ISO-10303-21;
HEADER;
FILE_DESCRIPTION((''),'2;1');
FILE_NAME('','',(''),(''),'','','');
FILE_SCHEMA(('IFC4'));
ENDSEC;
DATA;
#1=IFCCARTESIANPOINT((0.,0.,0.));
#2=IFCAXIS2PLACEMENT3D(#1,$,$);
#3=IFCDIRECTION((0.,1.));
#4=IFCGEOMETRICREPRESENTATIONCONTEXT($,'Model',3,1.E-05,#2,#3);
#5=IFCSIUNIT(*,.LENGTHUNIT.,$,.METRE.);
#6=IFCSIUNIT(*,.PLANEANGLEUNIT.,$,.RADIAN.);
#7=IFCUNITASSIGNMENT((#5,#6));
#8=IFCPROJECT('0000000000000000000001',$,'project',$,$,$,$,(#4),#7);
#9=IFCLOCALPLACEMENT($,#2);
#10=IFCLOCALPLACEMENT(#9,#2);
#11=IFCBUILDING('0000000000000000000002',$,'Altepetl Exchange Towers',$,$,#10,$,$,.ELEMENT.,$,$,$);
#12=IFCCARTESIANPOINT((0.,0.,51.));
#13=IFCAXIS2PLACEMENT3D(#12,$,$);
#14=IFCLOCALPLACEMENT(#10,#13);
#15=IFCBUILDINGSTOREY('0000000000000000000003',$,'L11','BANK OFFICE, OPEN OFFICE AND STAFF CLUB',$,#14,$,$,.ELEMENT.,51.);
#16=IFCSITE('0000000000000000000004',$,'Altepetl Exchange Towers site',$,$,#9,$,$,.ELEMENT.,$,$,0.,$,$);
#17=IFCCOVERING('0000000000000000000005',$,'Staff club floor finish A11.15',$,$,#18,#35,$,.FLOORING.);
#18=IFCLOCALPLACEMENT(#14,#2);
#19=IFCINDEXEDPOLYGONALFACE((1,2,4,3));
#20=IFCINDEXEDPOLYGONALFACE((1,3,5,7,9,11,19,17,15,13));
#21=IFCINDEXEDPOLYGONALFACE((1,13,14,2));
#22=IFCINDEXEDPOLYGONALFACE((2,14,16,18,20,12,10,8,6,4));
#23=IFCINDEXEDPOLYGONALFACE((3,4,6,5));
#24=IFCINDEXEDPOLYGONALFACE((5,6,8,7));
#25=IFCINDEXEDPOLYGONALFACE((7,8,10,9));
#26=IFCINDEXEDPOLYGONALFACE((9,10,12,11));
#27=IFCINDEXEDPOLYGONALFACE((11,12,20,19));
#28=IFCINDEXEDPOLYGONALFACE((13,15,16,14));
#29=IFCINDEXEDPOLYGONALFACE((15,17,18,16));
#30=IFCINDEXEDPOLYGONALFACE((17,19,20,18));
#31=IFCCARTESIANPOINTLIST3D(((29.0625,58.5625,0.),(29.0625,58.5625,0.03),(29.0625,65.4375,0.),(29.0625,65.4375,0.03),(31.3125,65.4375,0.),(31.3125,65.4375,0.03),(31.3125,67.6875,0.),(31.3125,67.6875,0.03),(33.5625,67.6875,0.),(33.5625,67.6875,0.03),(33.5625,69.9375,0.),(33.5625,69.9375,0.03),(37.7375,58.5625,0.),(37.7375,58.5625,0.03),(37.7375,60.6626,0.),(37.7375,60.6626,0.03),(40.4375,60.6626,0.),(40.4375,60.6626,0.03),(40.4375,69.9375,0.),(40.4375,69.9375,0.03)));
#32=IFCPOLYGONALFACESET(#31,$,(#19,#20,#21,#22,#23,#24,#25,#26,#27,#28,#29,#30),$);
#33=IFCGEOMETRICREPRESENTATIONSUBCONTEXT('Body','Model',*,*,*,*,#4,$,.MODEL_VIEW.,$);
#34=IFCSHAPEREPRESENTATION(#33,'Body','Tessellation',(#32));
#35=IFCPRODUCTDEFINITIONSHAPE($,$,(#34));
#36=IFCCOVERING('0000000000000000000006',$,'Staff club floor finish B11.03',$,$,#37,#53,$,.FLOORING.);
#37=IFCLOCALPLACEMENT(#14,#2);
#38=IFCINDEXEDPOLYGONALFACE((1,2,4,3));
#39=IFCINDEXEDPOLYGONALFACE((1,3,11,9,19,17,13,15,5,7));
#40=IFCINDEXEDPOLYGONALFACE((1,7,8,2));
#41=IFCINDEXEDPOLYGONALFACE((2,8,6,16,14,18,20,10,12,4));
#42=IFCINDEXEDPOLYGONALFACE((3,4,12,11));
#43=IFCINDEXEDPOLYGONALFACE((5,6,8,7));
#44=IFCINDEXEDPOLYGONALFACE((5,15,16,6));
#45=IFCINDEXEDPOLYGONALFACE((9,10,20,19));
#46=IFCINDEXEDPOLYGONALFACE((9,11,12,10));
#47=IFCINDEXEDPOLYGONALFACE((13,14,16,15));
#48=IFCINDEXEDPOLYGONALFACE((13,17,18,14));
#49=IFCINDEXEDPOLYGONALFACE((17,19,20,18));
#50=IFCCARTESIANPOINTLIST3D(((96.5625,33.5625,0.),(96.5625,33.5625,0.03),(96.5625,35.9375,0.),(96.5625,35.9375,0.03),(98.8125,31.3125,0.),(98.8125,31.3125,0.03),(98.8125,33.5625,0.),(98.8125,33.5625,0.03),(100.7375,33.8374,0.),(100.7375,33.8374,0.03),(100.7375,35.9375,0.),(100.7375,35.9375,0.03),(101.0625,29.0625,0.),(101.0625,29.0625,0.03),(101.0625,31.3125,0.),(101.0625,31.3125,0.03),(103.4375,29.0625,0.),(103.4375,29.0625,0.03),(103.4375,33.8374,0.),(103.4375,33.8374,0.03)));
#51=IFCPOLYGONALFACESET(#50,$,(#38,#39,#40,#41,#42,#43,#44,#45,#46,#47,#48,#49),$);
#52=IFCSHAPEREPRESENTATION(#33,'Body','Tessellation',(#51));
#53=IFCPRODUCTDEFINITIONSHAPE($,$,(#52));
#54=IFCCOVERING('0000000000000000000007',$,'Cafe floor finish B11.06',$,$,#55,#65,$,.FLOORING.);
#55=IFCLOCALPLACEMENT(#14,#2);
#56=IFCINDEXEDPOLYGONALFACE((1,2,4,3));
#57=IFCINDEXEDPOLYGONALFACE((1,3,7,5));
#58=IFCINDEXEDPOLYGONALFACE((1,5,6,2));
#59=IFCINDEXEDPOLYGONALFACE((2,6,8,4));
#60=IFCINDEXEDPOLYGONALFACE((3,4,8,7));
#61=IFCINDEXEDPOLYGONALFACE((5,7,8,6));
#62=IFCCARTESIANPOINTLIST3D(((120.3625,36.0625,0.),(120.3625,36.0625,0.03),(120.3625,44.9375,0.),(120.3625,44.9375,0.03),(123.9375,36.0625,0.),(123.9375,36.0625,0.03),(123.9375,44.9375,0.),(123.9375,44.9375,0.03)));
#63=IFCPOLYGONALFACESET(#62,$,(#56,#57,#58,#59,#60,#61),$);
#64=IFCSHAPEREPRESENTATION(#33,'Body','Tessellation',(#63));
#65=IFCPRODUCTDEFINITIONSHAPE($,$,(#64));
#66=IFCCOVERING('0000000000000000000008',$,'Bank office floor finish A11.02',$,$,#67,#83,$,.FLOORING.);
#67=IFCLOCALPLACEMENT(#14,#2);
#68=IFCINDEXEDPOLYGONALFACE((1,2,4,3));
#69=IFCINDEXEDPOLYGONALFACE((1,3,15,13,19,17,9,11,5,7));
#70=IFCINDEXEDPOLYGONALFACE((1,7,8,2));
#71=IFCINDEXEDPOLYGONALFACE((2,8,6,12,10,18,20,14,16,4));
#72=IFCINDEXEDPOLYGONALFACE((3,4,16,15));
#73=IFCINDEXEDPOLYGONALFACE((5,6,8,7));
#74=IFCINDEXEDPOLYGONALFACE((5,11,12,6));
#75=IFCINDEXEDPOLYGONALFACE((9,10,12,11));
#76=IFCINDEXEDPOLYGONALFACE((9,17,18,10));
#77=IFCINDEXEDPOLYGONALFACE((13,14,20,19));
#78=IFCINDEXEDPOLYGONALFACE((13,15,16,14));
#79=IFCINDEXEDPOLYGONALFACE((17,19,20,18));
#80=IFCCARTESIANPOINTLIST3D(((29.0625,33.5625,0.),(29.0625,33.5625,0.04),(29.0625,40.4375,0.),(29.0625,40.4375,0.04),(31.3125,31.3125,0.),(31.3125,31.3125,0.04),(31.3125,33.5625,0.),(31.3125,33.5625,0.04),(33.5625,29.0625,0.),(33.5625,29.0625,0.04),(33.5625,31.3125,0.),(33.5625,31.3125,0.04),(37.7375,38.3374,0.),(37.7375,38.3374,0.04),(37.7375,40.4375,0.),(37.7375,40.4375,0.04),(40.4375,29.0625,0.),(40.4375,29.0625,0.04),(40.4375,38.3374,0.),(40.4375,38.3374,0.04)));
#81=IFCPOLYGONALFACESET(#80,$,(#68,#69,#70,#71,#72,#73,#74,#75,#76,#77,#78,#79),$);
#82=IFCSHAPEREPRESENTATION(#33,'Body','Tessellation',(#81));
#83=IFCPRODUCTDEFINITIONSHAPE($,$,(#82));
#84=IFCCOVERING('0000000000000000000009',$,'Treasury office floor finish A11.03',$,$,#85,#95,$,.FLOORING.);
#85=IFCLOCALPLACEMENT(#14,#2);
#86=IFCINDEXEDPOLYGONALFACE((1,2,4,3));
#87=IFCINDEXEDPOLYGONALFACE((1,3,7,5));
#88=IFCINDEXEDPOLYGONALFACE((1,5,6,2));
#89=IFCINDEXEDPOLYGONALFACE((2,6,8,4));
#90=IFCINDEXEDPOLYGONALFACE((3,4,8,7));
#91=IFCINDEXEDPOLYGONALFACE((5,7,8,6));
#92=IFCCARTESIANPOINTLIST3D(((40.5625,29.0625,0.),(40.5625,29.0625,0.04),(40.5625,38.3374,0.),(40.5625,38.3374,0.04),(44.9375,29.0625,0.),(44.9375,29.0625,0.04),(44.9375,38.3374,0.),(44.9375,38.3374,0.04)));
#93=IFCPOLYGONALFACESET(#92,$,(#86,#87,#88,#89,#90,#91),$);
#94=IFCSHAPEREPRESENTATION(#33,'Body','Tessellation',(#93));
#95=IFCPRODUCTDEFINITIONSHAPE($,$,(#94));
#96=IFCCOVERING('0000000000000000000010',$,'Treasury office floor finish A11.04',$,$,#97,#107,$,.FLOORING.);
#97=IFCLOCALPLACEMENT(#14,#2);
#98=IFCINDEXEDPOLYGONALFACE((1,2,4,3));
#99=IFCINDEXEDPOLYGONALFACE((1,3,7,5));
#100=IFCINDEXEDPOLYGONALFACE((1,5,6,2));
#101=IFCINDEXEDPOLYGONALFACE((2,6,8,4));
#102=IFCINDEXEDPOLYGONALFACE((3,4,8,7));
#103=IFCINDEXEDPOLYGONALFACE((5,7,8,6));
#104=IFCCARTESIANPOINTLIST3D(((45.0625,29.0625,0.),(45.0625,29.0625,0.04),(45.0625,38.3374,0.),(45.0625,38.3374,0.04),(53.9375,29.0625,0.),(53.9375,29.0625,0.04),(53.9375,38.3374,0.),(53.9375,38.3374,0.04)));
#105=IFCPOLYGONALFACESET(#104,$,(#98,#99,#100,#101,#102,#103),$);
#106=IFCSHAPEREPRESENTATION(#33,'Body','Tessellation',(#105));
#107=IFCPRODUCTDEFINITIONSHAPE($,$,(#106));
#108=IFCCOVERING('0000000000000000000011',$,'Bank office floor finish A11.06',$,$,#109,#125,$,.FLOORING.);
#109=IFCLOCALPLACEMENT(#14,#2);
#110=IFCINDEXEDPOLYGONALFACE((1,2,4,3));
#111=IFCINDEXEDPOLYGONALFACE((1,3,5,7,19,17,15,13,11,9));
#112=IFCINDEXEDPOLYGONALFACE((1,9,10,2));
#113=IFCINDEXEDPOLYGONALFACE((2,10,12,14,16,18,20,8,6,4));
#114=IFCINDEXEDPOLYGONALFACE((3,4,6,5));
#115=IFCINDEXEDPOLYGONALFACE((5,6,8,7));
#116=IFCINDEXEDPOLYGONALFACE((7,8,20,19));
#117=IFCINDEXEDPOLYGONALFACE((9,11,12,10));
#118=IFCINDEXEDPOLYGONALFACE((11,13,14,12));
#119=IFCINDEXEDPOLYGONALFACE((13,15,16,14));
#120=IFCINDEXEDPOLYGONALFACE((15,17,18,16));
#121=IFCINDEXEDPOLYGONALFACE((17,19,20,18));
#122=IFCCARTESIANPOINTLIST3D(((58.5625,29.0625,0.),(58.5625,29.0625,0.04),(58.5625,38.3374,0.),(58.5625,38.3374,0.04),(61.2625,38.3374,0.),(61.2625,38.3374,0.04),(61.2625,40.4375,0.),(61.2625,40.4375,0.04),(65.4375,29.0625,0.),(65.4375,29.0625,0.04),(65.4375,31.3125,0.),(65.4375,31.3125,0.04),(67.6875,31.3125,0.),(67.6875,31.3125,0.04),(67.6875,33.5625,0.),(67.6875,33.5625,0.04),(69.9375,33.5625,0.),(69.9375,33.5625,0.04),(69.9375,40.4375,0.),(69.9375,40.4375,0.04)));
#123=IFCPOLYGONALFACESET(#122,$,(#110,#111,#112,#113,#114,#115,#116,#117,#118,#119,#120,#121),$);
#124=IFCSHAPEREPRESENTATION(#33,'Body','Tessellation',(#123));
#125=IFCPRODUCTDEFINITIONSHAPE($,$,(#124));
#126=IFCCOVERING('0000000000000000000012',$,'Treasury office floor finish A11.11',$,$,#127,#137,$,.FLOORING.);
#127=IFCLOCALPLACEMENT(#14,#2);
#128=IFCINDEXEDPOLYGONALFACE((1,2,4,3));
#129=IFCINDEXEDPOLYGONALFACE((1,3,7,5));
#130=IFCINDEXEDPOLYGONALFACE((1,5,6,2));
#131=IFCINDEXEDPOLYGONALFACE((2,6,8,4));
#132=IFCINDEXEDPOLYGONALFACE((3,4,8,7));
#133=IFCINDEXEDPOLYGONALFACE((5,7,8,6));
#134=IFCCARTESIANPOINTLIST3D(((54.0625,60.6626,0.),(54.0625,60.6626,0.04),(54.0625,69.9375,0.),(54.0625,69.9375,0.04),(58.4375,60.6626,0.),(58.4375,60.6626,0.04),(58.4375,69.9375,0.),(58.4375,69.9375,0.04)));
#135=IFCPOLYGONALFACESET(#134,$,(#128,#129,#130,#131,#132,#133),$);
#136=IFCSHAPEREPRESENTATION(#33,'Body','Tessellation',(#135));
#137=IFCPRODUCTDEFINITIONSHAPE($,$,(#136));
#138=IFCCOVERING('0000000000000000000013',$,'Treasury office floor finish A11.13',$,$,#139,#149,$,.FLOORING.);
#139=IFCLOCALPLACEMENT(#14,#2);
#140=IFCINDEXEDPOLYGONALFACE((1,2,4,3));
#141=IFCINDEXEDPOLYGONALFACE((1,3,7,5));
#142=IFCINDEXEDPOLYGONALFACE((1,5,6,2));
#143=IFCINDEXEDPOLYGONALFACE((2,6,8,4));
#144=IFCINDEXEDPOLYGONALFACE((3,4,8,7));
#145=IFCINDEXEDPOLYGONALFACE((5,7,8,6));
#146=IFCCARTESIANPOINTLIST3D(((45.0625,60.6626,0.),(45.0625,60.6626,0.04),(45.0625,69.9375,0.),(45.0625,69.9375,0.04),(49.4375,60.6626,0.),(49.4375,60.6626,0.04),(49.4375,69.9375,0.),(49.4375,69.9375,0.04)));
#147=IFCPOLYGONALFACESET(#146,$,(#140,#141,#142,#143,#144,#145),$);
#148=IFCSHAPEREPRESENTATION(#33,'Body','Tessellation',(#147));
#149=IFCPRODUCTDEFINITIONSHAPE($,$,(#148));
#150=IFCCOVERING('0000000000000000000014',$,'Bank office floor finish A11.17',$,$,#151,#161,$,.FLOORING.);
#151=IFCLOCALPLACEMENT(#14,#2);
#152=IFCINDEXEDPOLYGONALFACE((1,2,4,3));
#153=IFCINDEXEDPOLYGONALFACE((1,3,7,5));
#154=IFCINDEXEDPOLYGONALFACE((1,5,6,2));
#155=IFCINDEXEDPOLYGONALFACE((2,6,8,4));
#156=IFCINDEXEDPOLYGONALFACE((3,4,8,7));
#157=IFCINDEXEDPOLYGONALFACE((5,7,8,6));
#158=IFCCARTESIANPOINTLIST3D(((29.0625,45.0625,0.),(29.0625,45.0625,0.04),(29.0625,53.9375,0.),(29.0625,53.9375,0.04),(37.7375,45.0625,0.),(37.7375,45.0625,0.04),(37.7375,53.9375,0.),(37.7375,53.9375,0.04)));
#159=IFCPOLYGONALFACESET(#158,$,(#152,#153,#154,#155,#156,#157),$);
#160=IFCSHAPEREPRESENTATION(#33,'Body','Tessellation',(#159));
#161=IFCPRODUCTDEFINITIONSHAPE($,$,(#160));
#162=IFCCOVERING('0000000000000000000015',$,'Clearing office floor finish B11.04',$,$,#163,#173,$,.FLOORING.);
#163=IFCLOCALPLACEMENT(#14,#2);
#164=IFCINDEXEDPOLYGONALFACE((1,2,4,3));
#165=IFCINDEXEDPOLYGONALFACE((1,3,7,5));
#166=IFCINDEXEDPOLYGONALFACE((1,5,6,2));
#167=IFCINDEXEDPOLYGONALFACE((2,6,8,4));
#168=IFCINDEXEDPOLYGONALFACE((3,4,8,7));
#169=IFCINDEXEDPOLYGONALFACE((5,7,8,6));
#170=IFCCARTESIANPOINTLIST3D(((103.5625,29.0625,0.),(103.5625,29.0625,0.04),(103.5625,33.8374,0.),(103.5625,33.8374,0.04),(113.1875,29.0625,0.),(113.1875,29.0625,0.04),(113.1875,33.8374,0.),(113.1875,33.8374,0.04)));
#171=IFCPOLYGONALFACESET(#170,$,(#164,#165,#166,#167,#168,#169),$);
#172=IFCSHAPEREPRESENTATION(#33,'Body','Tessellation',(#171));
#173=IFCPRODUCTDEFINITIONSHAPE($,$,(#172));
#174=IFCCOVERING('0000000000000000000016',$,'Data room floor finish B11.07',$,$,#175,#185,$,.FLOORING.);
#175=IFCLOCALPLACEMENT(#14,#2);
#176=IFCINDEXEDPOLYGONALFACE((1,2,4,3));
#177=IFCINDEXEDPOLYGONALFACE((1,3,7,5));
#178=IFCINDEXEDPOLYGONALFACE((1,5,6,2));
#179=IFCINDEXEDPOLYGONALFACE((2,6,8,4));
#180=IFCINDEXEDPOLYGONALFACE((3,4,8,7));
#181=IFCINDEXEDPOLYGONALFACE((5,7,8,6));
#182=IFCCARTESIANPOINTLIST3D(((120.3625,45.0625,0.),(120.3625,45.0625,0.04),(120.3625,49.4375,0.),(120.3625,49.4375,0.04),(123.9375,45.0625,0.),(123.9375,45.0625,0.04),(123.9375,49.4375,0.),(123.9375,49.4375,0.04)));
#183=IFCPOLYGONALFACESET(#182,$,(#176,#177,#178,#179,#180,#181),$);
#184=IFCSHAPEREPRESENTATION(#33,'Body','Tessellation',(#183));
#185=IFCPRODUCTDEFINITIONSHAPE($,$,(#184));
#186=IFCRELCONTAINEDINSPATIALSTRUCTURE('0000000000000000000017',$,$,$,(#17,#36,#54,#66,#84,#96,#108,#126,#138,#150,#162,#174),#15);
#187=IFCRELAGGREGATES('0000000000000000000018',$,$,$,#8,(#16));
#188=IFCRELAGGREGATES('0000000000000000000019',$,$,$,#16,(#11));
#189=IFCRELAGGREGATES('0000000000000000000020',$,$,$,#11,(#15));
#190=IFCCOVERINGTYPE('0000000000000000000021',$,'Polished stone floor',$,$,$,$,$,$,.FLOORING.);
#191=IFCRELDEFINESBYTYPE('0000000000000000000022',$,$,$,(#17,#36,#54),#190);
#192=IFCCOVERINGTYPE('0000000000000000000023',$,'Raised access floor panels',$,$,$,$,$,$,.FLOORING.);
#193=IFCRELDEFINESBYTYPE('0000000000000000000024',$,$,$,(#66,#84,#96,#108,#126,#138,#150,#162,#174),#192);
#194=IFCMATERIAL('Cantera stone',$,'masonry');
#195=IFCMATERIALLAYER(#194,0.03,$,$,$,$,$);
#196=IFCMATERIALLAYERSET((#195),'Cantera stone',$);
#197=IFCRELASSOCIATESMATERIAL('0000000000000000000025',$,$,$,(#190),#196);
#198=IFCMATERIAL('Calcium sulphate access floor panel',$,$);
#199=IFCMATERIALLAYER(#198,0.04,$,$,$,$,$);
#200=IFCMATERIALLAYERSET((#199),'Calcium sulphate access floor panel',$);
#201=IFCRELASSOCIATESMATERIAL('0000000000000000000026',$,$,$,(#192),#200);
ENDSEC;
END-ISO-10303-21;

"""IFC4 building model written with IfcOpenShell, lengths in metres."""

from ifc_helpers import new_model, si_unit, direction, frame, origin, place, context, subcontext, project, spatial, polyline, outline, extrude, material, layer, layer_set, type_object, element, save


model = new_model("IFC4")

# Units and contexts
model_context = context("Model", 3, precision=1e-05, world=origin(), true_north=direction((0.0, 1.0)))
body_context = subcontext(model_context, "Body", "Model", "MODEL_VIEW")
ifc_project = project(units=[si_unit("LENGTHUNIT", "METRE"), si_unit("PLANEANGLEUNIT", "RADIAN")], contexts=[model_context])

# Site, building, storey
site_placement = place(None, origin())
site = spatial("IfcSite", under=ifc_project, at=site_placement, Name="Altepetl Exchange Towers site", CompositionType="ELEMENT", RefElevation=0.0)
building_placement = place(site_placement, origin())
building = spatial("IfcBuilding", under=site, at=building_placement, Name="Altepetl Exchange Towers", CompositionType="ELEMENT")
storey_placement = place(building_placement, frame((0.0, 0.0, 51.0)))
storey = spatial("IfcBuildingStorey", under=building, at=storey_placement, Name="L11", Description="BANK OFFICE, OPEN OFFICE AND STAFF CLUB", CompositionType="ELEMENT", Elevation=51.0)

# Coverings
ifc_material_1 = material(Name="Cantera stone", Category="masonry")
ifc_layer_1 = layer(ifc_material_1, 0.03)
ifc_layer_set_1 = layer_set([ifc_layer_1], Name="Cantera stone")
covering_type_1 = type_object("IfcCoveringType", Name="Polished stone floor", PredefinedType="FLOORING", material=ifc_layer_set_1)
covering_1_placement = place(storey_placement, origin())
element("IfcCovering", 1, at=covering_1_placement, inside=storey, type_object=covering_type_1, Name="Staff club floor finish A11.15", PredefinedType="FLOORING", context=body_context, shape_type="SweptSolid", body=[
    extrude(outline(polyline([(40.4375, 60.6626), (40.4375, 69.9375), (33.5625, 69.9375), (33.5625, 67.6875), (31.3125, 67.6875), (31.3125, 65.4375), (29.0625, 65.4375), (29.0625, 58.5625), (37.7375, 58.5625), (37.7375, 60.6626), (40.4375, 60.6626)])), origin(), (0.0, 0.0, 1.0), 0.03),
])
covering_2_placement = place(storey_placement, origin())
element("IfcCovering", 2, at=covering_2_placement, inside=storey, type_object=covering_type_1, Name="Staff club floor finish B11.03", PredefinedType="FLOORING", context=body_context, shape_type="SweptSolid", body=[
    extrude(outline(polyline([(100.7375, 35.9375), (96.5625, 35.9375), (96.5625, 33.5625), (98.8125, 33.5625), (98.8125, 31.3125), (101.0625, 31.3125), (101.0625, 29.0625), (103.4375, 29.0625), (103.4375, 33.8374), (100.7375, 33.8374), (100.7375, 35.9375)])), origin(), (0.0, 0.0, 1.0), 0.03),
])
covering_3_placement = place(storey_placement, origin())
element("IfcCovering", 3, at=covering_3_placement, inside=storey, type_object=covering_type_1, Name="Cafe floor finish B11.06", PredefinedType="FLOORING", context=body_context, shape_type="SweptSolid", body=[
    extrude(outline(polyline([(120.3625, 36.0625), (123.9375, 36.0625), (123.9375, 44.9375), (120.3625, 44.9375), (120.3625, 36.0625)])), origin(), (0.0, 0.0, 1.0), 0.03),
])
ifc_material_2 = material(Name="Calcium sulphate access floor panel")
ifc_layer_2 = layer(ifc_material_2, 0.04)
ifc_layer_set_2 = layer_set([ifc_layer_2], Name="Calcium sulphate access floor panel")
covering_type_2 = type_object("IfcCoveringType", Name="Raised access floor panels", PredefinedType="FLOORING", material=ifc_layer_set_2)
covering_4_placement = place(storey_placement, origin())
element("IfcCovering", 4, at=covering_4_placement, inside=storey, type_object=covering_type_2, Name="Bank office floor finish A11.02", PredefinedType="FLOORING", context=body_context, shape_type="SweptSolid", body=[
    extrude(outline(polyline([(40.4375, 29.0625), (40.4375, 38.3374), (37.7375, 38.3374), (37.7375, 40.4375), (29.0625, 40.4375), (29.0625, 33.5625), (31.3125, 33.5625), (31.3125, 31.3125), (33.5625, 31.3125), (33.5625, 29.0625), (40.4375, 29.0625)])), origin(), (0.0, 0.0, 1.0), 0.04),
])
covering_5_placement = place(storey_placement, origin())
element("IfcCovering", 5, at=covering_5_placement, inside=storey, type_object=covering_type_2, Name="Treasury office floor finish A11.03", PredefinedType="FLOORING", context=body_context, shape_type="SweptSolid", body=[
    extrude(outline(polyline([(44.9375, 29.0625), (44.9375, 38.3374), (40.5625, 38.3374), (40.5625, 29.0625), (44.9375, 29.0625)])), origin(), (0.0, 0.0, 1.0), 0.04),
])
covering_6_placement = place(storey_placement, origin())
element("IfcCovering", 6, at=covering_6_placement, inside=storey, type_object=covering_type_2, Name="Treasury office floor finish A11.04", PredefinedType="FLOORING", context=body_context, shape_type="SweptSolid", body=[
    extrude(outline(polyline([(53.9375, 29.0625), (53.9375, 38.3374), (45.0625, 38.3374), (45.0625, 29.0625), (53.9375, 29.0625)])), origin(), (0.0, 0.0, 1.0), 0.04),
])
covering_7_placement = place(storey_placement, origin())
element("IfcCovering", 7, at=covering_7_placement, inside=storey, type_object=covering_type_2, Name="Bank office floor finish A11.06", PredefinedType="FLOORING", context=body_context, shape_type="SweptSolid", body=[
    extrude(outline(polyline([(69.9375, 40.4375), (61.2625, 40.4375), (61.2625, 38.3374), (58.5625, 38.3374), (58.5625, 29.0625), (65.4375, 29.0625), (65.4375, 31.3125), (67.6875, 31.3125), (67.6875, 33.5625), (69.9375, 33.5625), (69.9375, 40.4375)])), origin(), (0.0, 0.0, 1.0), 0.04),
])
covering_8_placement = place(storey_placement, origin())
element("IfcCovering", 8, at=covering_8_placement, inside=storey, type_object=covering_type_2, Name="Treasury office floor finish A11.11", PredefinedType="FLOORING", context=body_context, shape_type="SweptSolid", body=[
    extrude(outline(polyline([(54.0625, 69.9375), (54.0625, 60.6626), (58.4375, 60.6626), (58.4375, 69.9375), (54.0625, 69.9375)])), origin(), (0.0, 0.0, 1.0), 0.04),
])
covering_9_placement = place(storey_placement, origin())
element("IfcCovering", 9, at=covering_9_placement, inside=storey, type_object=covering_type_2, Name="Treasury office floor finish A11.13", PredefinedType="FLOORING", context=body_context, shape_type="SweptSolid", body=[
    extrude(outline(polyline([(45.0625, 69.9375), (45.0625, 60.6626), (49.4375, 60.6626), (49.4375, 69.9375), (45.0625, 69.9375)])), origin(), (0.0, 0.0, 1.0), 0.04),
])
covering_10_placement = place(storey_placement, origin())
element("IfcCovering", 10, at=covering_10_placement, inside=storey, type_object=covering_type_2, Name="Bank office floor finish A11.17", PredefinedType="FLOORING", context=body_context, shape_type="SweptSolid", body=[
    extrude(outline(polyline([(37.7375, 53.9375), (29.0625, 53.9375), (29.0625, 45.0625), (37.7375, 45.0625), (37.7375, 53.9375)])), origin(), (0.0, 0.0, 1.0), 0.04),
])
covering_11_placement = place(storey_placement, origin())
element("IfcCovering", 11, at=covering_11_placement, inside=storey, type_object=covering_type_2, Name="Clearing office floor finish B11.04", PredefinedType="FLOORING", context=body_context, shape_type="SweptSolid", body=[
    extrude(outline(polyline([(113.1875, 33.8374), (103.5625, 33.8374), (103.5625, 29.0625), (113.1875, 29.0625), (113.1875, 33.8374)])), origin(), (0.0, 0.0, 1.0), 0.04),
])
covering_12_placement = place(storey_placement, origin())
element("IfcCovering", 12, at=covering_12_placement, inside=storey, type_object=covering_type_2, Name="Data room floor finish B11.07", PredefinedType="FLOORING", context=body_context, shape_type="SweptSolid", body=[
    extrude(outline(polyline([(123.9375, 49.4375), (120.3625, 49.4375), (120.3625, 45.0625), (123.9375, 45.0625), (123.9375, 49.4375)])), origin(), (0.0, 0.0, 1.0), 0.04),
])

save(model, "model.ifc")
